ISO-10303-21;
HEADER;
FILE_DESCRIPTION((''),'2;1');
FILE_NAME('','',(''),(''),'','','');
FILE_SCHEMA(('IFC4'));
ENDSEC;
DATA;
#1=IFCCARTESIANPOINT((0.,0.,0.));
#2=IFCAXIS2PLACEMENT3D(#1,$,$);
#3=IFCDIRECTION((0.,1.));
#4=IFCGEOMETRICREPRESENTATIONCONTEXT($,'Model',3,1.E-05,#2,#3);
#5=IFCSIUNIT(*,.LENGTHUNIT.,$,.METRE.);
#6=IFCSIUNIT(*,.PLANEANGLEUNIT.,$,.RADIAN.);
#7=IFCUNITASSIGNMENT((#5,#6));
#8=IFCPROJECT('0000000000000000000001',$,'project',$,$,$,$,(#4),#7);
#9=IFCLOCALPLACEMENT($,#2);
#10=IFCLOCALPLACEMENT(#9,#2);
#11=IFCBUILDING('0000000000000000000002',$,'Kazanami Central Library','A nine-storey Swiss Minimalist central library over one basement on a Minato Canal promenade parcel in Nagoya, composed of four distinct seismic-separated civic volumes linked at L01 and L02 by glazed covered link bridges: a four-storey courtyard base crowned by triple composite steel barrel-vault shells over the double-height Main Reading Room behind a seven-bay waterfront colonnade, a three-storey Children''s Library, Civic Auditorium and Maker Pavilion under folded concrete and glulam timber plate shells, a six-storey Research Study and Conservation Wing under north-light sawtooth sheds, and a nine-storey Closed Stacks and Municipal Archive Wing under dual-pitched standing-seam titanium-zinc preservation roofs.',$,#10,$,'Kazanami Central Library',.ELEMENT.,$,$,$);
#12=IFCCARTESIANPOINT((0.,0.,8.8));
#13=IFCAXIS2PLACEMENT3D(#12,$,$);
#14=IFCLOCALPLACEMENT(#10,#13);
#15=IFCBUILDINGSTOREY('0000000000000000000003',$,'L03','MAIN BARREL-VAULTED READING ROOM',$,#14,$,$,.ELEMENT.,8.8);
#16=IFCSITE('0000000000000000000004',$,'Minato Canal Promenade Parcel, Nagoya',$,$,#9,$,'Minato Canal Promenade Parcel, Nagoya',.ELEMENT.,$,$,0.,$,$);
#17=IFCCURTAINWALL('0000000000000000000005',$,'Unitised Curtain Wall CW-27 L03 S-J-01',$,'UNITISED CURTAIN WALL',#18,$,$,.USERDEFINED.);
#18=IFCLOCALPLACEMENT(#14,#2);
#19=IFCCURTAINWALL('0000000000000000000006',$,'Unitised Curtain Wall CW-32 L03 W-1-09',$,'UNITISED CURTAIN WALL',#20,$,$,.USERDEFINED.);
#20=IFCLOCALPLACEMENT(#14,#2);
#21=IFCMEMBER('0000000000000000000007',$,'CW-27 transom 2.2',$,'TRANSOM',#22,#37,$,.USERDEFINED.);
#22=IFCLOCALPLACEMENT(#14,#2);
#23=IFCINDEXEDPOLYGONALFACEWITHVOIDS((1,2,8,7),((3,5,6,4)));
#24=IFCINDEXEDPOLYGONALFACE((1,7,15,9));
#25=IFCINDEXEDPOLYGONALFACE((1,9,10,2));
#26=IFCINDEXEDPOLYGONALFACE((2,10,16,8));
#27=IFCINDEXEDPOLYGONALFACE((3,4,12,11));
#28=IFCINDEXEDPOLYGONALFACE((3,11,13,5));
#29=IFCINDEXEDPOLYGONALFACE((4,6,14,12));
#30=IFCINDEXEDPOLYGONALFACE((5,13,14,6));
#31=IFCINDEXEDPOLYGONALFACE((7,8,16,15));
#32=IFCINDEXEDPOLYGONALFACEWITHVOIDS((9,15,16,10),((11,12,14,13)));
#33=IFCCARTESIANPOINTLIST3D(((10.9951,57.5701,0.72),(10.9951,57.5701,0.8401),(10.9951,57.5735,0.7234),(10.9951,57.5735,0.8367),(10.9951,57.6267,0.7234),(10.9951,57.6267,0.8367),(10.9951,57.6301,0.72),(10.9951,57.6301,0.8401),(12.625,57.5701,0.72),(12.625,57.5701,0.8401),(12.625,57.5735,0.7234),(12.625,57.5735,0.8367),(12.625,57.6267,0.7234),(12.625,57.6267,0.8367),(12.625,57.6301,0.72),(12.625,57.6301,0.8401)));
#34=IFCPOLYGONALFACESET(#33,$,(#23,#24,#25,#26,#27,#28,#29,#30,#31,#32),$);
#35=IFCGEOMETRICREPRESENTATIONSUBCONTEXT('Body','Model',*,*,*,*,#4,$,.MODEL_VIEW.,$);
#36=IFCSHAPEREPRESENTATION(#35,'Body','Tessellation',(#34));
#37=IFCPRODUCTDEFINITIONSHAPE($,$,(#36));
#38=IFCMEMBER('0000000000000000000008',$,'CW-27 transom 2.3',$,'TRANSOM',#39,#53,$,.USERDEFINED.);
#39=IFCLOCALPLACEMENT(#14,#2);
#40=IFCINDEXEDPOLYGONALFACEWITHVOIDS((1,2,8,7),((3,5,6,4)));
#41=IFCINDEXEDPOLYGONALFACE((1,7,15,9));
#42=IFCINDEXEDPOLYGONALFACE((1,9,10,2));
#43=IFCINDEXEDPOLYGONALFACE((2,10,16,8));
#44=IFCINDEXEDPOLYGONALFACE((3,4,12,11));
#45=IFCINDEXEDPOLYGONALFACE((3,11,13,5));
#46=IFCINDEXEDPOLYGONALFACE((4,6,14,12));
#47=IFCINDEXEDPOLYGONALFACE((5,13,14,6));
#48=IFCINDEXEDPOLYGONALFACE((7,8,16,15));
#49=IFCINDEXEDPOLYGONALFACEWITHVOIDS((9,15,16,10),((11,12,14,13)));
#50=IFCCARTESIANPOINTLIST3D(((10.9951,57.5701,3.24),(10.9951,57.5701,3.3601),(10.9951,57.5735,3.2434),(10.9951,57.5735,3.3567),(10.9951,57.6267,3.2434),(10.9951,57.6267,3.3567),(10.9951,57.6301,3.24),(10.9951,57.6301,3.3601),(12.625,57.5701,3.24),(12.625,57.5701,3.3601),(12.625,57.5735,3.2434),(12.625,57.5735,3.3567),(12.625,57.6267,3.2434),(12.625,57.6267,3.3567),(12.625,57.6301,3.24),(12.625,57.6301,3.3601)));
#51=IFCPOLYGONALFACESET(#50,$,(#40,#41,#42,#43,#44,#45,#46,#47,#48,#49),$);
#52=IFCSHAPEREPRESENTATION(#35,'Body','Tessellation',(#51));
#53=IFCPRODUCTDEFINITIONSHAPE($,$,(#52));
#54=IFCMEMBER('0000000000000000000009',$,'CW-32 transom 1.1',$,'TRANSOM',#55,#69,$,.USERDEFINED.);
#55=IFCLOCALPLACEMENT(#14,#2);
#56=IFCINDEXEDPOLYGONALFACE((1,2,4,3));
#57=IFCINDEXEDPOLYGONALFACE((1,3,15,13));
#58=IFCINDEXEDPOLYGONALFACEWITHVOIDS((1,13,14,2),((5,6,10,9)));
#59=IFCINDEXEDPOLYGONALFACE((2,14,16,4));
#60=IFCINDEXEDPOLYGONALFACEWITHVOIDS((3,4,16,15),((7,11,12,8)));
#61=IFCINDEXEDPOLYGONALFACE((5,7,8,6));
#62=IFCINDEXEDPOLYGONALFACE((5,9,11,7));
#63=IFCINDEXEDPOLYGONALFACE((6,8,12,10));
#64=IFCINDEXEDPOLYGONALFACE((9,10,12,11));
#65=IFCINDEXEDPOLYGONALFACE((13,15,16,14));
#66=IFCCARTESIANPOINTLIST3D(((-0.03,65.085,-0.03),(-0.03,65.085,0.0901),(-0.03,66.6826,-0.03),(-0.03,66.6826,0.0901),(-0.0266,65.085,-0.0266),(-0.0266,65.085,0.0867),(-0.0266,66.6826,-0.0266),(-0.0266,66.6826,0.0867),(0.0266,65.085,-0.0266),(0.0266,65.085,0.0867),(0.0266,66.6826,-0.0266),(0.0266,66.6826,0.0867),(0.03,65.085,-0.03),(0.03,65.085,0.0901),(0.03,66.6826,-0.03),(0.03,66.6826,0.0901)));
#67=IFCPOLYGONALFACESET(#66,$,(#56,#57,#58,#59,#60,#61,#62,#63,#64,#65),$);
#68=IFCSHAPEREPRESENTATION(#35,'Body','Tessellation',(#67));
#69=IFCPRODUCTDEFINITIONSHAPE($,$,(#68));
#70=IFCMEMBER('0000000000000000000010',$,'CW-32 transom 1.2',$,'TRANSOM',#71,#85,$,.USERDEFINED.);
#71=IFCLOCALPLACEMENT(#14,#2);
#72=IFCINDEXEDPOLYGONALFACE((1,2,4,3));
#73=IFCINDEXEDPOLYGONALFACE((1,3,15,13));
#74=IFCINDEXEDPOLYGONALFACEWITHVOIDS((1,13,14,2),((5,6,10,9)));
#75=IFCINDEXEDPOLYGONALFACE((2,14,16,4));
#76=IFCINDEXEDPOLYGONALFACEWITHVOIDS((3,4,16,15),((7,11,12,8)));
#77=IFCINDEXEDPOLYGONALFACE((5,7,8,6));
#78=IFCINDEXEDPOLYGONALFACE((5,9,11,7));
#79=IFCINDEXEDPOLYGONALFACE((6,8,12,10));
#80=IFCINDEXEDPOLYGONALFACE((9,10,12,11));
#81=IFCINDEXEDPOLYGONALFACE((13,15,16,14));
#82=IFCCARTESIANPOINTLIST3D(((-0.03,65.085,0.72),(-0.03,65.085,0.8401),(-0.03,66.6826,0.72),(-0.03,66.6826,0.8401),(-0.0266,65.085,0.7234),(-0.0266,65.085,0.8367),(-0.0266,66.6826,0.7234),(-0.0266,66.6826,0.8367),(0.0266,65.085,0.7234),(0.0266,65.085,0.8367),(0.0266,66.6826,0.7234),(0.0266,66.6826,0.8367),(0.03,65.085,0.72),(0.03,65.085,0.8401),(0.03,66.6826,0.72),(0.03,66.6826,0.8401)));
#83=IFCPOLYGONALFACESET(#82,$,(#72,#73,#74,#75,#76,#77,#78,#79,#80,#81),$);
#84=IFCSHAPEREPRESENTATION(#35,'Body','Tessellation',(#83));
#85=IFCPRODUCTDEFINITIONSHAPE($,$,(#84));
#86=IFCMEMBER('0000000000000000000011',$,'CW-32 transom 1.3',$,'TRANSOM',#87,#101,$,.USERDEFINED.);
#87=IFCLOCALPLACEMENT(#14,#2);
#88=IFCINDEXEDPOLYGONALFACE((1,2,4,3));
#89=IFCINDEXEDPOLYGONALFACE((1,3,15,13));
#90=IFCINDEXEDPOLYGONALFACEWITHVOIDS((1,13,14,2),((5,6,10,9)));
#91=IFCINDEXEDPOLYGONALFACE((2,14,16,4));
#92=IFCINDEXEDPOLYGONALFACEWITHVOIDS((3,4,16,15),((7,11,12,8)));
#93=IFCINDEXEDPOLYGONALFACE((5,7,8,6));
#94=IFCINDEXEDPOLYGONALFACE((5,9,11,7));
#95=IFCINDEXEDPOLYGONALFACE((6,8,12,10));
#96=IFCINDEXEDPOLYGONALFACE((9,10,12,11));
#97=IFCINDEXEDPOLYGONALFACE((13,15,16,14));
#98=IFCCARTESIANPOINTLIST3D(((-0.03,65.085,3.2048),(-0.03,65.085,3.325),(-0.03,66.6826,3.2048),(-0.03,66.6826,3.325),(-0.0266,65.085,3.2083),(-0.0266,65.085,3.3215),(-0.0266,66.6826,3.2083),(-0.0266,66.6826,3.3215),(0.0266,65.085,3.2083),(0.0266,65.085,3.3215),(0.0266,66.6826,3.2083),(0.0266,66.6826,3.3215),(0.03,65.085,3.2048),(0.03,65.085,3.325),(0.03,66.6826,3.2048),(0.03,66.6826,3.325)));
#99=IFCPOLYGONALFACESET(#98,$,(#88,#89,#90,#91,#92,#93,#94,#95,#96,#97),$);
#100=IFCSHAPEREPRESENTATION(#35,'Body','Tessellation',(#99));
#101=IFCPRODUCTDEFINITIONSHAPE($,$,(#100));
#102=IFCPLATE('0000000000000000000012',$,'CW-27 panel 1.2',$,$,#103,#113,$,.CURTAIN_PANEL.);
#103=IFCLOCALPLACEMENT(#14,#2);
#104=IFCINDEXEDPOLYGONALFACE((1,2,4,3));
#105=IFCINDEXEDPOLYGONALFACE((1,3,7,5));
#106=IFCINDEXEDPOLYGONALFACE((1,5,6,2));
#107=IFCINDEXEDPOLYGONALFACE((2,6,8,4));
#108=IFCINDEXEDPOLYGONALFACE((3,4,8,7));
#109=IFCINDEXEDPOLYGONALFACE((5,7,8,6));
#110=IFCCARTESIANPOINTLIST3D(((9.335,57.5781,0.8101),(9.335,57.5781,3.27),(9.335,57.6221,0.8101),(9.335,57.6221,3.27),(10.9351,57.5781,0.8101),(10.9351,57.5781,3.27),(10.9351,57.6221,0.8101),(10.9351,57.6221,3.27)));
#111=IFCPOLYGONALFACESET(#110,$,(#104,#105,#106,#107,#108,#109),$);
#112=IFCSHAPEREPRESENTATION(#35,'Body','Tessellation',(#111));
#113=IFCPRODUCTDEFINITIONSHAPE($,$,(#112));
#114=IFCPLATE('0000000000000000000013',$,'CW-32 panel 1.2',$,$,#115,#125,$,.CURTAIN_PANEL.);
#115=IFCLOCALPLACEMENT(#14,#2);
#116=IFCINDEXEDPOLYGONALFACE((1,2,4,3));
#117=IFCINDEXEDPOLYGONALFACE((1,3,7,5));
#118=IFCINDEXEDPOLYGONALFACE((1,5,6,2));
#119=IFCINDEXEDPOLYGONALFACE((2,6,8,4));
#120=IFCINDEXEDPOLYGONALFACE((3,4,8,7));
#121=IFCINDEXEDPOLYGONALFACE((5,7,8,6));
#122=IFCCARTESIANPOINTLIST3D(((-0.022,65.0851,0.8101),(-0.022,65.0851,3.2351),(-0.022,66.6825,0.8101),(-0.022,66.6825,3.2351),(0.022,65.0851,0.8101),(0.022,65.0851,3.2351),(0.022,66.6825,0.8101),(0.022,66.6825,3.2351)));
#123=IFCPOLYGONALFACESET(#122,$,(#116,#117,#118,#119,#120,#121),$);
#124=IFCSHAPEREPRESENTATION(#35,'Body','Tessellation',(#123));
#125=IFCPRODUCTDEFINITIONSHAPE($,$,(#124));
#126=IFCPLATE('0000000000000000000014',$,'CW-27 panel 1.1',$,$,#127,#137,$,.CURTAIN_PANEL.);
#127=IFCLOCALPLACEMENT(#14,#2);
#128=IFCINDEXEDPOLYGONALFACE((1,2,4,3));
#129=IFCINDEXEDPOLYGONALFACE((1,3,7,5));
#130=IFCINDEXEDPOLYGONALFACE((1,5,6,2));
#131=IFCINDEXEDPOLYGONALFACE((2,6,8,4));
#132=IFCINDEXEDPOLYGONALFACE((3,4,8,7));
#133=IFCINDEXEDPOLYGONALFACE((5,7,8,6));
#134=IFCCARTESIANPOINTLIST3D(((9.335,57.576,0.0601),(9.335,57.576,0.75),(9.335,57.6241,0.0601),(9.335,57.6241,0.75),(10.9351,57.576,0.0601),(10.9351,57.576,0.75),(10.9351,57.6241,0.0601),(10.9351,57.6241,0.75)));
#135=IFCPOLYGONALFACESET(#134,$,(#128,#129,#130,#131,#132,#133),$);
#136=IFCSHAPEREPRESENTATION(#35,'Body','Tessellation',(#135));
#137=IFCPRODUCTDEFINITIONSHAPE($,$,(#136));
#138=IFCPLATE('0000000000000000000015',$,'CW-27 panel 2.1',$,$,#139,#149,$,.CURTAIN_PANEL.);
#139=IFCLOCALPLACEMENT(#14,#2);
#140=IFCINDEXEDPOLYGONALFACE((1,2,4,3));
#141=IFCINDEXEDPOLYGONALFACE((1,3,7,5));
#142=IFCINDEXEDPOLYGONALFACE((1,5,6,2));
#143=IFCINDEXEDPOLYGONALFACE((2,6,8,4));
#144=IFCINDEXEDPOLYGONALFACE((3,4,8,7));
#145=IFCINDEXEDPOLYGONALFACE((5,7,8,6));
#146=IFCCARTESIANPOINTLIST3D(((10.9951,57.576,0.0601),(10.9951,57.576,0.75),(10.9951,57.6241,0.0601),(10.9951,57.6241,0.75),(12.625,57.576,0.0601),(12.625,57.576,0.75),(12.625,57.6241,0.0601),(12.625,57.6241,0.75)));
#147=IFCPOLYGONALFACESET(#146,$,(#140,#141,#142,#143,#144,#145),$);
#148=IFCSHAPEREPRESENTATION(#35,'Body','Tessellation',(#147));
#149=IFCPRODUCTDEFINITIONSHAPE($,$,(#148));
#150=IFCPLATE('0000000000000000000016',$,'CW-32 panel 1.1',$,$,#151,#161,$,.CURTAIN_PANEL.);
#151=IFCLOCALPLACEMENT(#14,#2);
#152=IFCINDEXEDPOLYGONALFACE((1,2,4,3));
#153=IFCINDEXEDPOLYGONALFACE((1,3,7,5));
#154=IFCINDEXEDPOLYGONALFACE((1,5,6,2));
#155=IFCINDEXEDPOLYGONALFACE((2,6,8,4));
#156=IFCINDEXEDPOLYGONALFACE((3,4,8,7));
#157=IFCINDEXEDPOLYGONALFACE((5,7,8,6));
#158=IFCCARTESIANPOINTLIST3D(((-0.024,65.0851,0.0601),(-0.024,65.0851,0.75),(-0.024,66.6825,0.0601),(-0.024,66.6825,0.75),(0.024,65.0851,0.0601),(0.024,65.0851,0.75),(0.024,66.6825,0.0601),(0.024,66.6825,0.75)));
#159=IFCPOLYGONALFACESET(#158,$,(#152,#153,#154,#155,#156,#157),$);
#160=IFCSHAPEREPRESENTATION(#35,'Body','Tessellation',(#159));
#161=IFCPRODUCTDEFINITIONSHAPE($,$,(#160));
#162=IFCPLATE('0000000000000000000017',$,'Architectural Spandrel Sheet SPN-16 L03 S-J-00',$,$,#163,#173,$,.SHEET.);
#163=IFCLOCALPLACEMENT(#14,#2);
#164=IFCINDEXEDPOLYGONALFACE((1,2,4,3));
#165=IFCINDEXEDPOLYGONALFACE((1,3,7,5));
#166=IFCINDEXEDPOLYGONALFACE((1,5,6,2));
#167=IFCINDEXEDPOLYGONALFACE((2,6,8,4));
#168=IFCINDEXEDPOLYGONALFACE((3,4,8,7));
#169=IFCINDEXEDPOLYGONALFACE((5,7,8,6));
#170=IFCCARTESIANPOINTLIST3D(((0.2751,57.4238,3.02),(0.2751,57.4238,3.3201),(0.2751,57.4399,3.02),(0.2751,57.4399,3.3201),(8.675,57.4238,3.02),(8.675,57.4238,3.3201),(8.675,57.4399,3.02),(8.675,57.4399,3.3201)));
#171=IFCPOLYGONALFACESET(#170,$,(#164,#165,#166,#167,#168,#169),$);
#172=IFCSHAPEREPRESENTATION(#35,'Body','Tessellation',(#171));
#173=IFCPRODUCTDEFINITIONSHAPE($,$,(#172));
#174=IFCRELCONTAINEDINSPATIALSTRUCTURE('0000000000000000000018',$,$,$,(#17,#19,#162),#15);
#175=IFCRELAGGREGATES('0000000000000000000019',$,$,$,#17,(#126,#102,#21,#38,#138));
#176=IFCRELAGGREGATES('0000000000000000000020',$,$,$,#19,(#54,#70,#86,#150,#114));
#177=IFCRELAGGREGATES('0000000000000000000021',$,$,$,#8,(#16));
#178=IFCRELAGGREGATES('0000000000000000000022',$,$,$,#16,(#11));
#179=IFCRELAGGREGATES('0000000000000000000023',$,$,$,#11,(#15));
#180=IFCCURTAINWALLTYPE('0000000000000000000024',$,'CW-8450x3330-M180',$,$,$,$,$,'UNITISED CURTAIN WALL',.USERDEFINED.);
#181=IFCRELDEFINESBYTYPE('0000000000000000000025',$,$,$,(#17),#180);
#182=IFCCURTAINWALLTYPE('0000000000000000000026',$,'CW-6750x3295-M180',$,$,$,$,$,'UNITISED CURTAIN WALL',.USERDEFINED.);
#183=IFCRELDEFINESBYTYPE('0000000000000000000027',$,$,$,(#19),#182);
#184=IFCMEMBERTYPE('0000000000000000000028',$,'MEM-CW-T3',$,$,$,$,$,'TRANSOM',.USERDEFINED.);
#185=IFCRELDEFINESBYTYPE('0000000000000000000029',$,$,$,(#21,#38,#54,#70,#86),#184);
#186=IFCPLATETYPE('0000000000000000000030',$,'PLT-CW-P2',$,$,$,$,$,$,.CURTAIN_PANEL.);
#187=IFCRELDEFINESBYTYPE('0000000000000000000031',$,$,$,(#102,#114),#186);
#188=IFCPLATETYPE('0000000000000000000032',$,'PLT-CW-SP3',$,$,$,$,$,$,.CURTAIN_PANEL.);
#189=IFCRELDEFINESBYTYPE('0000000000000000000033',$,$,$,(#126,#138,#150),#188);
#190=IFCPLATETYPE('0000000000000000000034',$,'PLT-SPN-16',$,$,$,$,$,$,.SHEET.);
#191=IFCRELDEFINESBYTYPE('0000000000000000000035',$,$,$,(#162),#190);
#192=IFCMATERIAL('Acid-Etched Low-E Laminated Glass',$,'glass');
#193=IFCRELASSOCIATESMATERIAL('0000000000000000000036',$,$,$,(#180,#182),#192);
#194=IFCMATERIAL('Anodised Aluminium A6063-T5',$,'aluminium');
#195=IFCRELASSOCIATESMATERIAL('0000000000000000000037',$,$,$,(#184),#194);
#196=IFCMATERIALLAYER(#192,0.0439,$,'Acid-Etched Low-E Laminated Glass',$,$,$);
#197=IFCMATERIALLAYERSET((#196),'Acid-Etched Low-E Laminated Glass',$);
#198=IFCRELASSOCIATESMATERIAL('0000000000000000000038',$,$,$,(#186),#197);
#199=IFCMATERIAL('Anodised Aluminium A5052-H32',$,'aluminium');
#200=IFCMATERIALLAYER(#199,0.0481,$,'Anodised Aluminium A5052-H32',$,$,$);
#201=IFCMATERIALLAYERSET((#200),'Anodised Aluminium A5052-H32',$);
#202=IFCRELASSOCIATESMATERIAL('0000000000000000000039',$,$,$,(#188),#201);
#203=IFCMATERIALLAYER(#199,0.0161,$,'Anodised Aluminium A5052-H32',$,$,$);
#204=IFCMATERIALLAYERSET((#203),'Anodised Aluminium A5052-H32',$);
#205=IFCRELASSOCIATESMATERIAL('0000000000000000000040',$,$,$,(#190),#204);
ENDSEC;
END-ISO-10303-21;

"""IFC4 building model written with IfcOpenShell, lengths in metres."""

from ifc_helpers import new_model, si_unit, direction, frame, origin, origin_2d, place, context, subcontext, project, spatial, rectangle, hollow_rectangle, extrude, material, layer, layer_set, material_profile, profile_set, type_object, element, aggregate, save


model = new_model("IFC4")

# Units and contexts
model_context = context("Model", 3, precision=1e-05, world=origin(), true_north=direction((0.0, 1.0)))
body_context = subcontext(model_context, "Body", "Model", "MODEL_VIEW")
ifc_project = project(units=[si_unit("LENGTHUNIT", "METRE"), si_unit("PLANEANGLEUNIT", "RADIAN")], contexts=[model_context])

# Site, building, storey
site_placement = place(None, origin())
site = spatial("IfcSite", under=ifc_project, at=site_placement, Name="Minato Canal Promenade Parcel, Nagoya", LongName="Minato Canal Promenade Parcel, Nagoya", CompositionType="ELEMENT", RefElevation=0.0)
building_placement = place(site_placement, origin())
building = spatial("IfcBuilding", under=site, at=building_placement, Name="Kazanami Central Library", Description="A nine-storey Swiss Minimalist central library over one basement on a Minato Canal promenade parcel in Nagoya, composed of four distinct seismic-separated civic volumes linked at L01 and L02 by glazed covered link bridges: a four-storey courtyard base crowned by triple composite steel barrel-vault shells over the double-height Main Reading Room behind a seven-bay waterfront colonnade, a three-storey Children's Library, Civic Auditorium and Maker Pavilion under folded concrete and glulam timber plate shells, a six-storey Research Study and Conservation Wing under north-light sawtooth sheds, and a nine-storey Closed Stacks and Municipal Archive Wing under dual-pitched standing-seam titanium-zinc preservation roofs.", LongName="Kazanami Central Library", CompositionType="ELEMENT")
storey_placement = place(building_placement, frame((0.0, 0.0, 8.8)))
storey = spatial("IfcBuildingStorey", under=building, at=storey_placement, Name="L03", Description="MAIN BARREL-VAULTED READING ROOM", CompositionType="ELEMENT", Elevation=8.8)

# Curtain wall
ifc_material_1 = material(Name="Acid-Etched Low-E Laminated Glass", Category="glass")
curtain_wall_type_1 = type_object("IfcCurtainWallType", Name="CW-8450x3330-M180", ElementType="UNITISED CURTAIN WALL", PredefinedType="USERDEFINED", material=ifc_material_1)
curtain_wall_1_placement = place(storey_placement, origin())
curtain_wall_1 = element("IfcCurtainWall", 1, at=curtain_wall_1_placement, inside=storey, type_object=curtain_wall_type_1, Name="Unitised Curtain Wall CW-27 L03 S-J-01", ObjectType="UNITISED CURTAIN WALL", PredefinedType="USERDEFINED")
ifc_material_2 = material(Name="Anodised Aluminium A6063-T5", Category="aluminium")

# Curtain wall
curtain_wall_type_2 = type_object("IfcCurtainWallType", Name="CW-6750x3295-M180", ElementType="UNITISED CURTAIN WALL", PredefinedType="USERDEFINED", material=ifc_material_1)
curtain_wall_2_placement = place(storey_placement, origin())
curtain_wall_2 = element("IfcCurtainWall", 2, at=curtain_wall_2_placement, inside=storey, type_object=curtain_wall_type_2, Name="Unitised Curtain Wall CW-32 L03 W-1-09", ObjectType="UNITISED CURTAIN WALL", PredefinedType="USERDEFINED")

# Members
ifc_material_profile_1 = material_profile(ifc_material_2, hollow_rectangle(XDim=0.0601, YDim=0.1201, WallThickness=0.0034, at=origin_2d()), Name="ALU-TRAN-60x120x3.5")
ifc_profile_set_1 = profile_set([ifc_material_profile_1], Name="Anodised Aluminium A6063-T5")
member_type_1 = type_object("IfcMemberType", Name="MEM-CW-T3", ElementType="TRANSOM", PredefinedType="USERDEFINED", material=ifc_profile_set_1)
member_1_placement = place(storey_placement, frame((10.9951, 57.6001, 0.78), z_axis=(1.0, 0.0, 0.0), x_axis=(0.0, 1.0, 0.0)))
member_1 = element("IfcMember", 3, at=member_1_placement, type_object=member_type_1, Name="CW-27 transom 2.2", ObjectType="TRANSOM", PredefinedType="USERDEFINED", context=body_context, shape_type="SweptSolid", body=[
    extrude(hollow_rectangle(XDim=0.0601, YDim=0.1201, WallThickness=0.0034, at=origin_2d()), origin(), (0.0, 0.0, 1.0), 1.6299),
])
member_2_placement = place(storey_placement, frame((10.9951, 57.6001, 3.3), z_axis=(1.0, 0.0, 0.0), x_axis=(0.0, 1.0, 0.0)))
member_2 = element("IfcMember", 4, at=member_2_placement, type_object=member_type_1, Name="CW-27 transom 2.3", ObjectType="TRANSOM", PredefinedType="USERDEFINED", context=body_context, shape_type="SweptSolid", body=[
    extrude(hollow_rectangle(XDim=0.0601, YDim=0.1201, WallThickness=0.0034, at=origin_2d()), origin(), (0.0, 0.0, 1.0), 1.6299),
])
member_3_placement = place(storey_placement, frame((0.0, 65.085, 0.03), z_axis=(0.0, 1.0, 0.0), x_axis=(-1.0, 0.0, 0.0)))
member_3 = element("IfcMember", 5, at=member_3_placement, type_object=member_type_1, Name="CW-32 transom 1.1", ObjectType="TRANSOM", PredefinedType="USERDEFINED", context=body_context, shape_type="SweptSolid", body=[
    extrude(hollow_rectangle(XDim=0.0601, YDim=0.1201, WallThickness=0.0034, at=origin_2d()), origin(), (0.0, 0.0, 1.0), 1.5977),
])
member_4_placement = place(storey_placement, frame((0.0, 65.085, 0.78), z_axis=(0.0, 1.0, 0.0), x_axis=(-1.0, 0.0, 0.0)))
member_4 = element("IfcMember", 6, at=member_4_placement, type_object=member_type_1, Name="CW-32 transom 1.2", ObjectType="TRANSOM", PredefinedType="USERDEFINED", context=body_context, shape_type="SweptSolid", body=[
    extrude(hollow_rectangle(XDim=0.0601, YDim=0.1201, WallThickness=0.0034, at=origin_2d()), origin(), (0.0, 0.0, 1.0), 1.5977),
])
member_5_placement = place(storey_placement, frame((0.0, 65.085, 3.2649), z_axis=(0.0, 1.0, 0.0), x_axis=(-1.0, 0.0, 0.0)))
member_5 = element("IfcMember", 7, at=member_5_placement, type_object=member_type_1, Name="CW-32 transom 1.3", ObjectType="TRANSOM", PredefinedType="USERDEFINED", context=body_context, shape_type="SweptSolid", body=[
    extrude(hollow_rectangle(XDim=0.0601, YDim=0.1201, WallThickness=0.0034, at=origin_2d()), origin(), (0.0, 0.0, 1.0), 1.5977),
])

# Plates
ifc_layer_1 = layer(ifc_material_1, 0.0439, Name="Acid-Etched Low-E Laminated Glass")
ifc_layer_set_1 = layer_set([ifc_layer_1], Name="Acid-Etched Low-E Laminated Glass")
plate_type_1 = type_object("IfcPlateType", Name="PLT-CW-P2", PredefinedType="CURTAIN_PANEL", material=ifc_layer_set_1)
plate_1_placement = place(storey_placement, frame((10.135, 57.6001, 0.8101), z_axis=(0.0, 0.0, 1.0), x_axis=(1.0, 0.0, 0.0)))
plate_1 = element("IfcPlate", 8, at=plate_1_placement, type_object=plate_type_1, Name="CW-27 panel 1.2", PredefinedType="CURTAIN_PANEL", context=body_context, shape_type="SweptSolid", body=[
    extrude(rectangle(XDim=1.6001, YDim=0.0439, at=origin_2d()), origin(), (0.0, 0.0, 1.0), 2.46),
])
plate_2_placement = place(storey_placement, frame((0.0, 65.8838, 0.8101), z_axis=(0.0, 0.0, 1.0), x_axis=(0.0, 1.0, 0.0)))
plate_2 = element("IfcPlate", 9, at=plate_2_placement, type_object=plate_type_1, Name="CW-32 panel 1.2", PredefinedType="CURTAIN_PANEL", context=body_context, shape_type="SweptSolid", body=[
    extrude(rectangle(XDim=1.5974, YDim=0.0439, at=origin_2d()), origin(), (0.0, 0.0, 1.0), 2.425),
])
ifc_material_3 = material(Name="Anodised Aluminium A5052-H32", Category="aluminium")
ifc_layer_2 = layer(ifc_material_3, 0.0481, Name="Anodised Aluminium A5052-H32")
ifc_layer_set_2 = layer_set([ifc_layer_2], Name="Anodised Aluminium A5052-H32")
plate_type_2 = type_object("IfcPlateType", Name="PLT-CW-SP3", PredefinedType="CURTAIN_PANEL", material=ifc_layer_set_2)
plate_3_placement = place(storey_placement, frame((10.135, 57.6001, 0.0601), z_axis=(0.0, 0.0, 1.0), x_axis=(1.0, 0.0, 0.0)))
plate_3 = element("IfcPlate", 10, at=plate_3_placement, type_object=plate_type_2, Name="CW-27 panel 1.1", PredefinedType="CURTAIN_PANEL", context=body_context, shape_type="SweptSolid", body=[
    extrude(rectangle(XDim=1.6001, YDim=0.0481, at=origin_2d()), origin(), (0.0, 0.0, 1.0), 0.6899),
])
plate_4_placement = place(storey_placement, frame((11.8101, 57.6001, 0.0601), z_axis=(0.0, 0.0, 1.0), x_axis=(1.0, 0.0, 0.0)))
plate_4 = element("IfcPlate", 11, at=plate_4_placement, type_object=plate_type_2, Name="CW-27 panel 2.1", PredefinedType="CURTAIN_PANEL", context=body_context, shape_type="SweptSolid", body=[
    extrude(rectangle(XDim=1.6299, YDim=0.0481, at=origin_2d()), origin(), (0.0, 0.0, 1.0), 0.6899),
])
aggregate(curtain_wall_1, [plate_3, plate_1, member_1, member_2, plate_4])
plate_5_placement = place(storey_placement, frame((0.0, 65.8838, 0.0601), z_axis=(0.0, 0.0, 1.0), x_axis=(0.0, 1.0, 0.0)))
plate_5 = element("IfcPlate", 12, at=plate_5_placement, type_object=plate_type_2, Name="CW-32 panel 1.1", PredefinedType="CURTAIN_PANEL", context=body_context, shape_type="SweptSolid", body=[
    extrude(rectangle(XDim=1.5974, YDim=0.0481, at=origin_2d()), origin(), (0.0, 0.0, 1.0), 0.6899),
])
aggregate(curtain_wall_2, [member_3, member_4, member_5, plate_5, plate_2])
ifc_layer_3 = layer(ifc_material_3, 0.0161, Name="Anodised Aluminium A5052-H32")
ifc_layer_set_3 = layer_set([ifc_layer_3], Name="Anodised Aluminium A5052-H32")
plate_type_3 = type_object("IfcPlateType", Name="PLT-SPN-16", PredefinedType="SHEET", material=ifc_layer_set_3)
plate_6_placement = place(storey_placement, frame((4.4751, 57.4319, 3.02), z_axis=(0.0, 0.0, 1.0), x_axis=(1.0, 0.0, 0.0)))
element("IfcPlate", 13, at=plate_6_placement, inside=storey, type_object=plate_type_3, Name="Architectural Spandrel Sheet SPN-16 L03 S-J-00", PredefinedType="SHEET", context=body_context, shape_type="SweptSolid", body=[
    extrude(rectangle(XDim=8.3999, YDim=0.0161, at=origin_2d()), origin(), (0.0, 0.0, 1.0), 0.3),
])

save(model, "model.ifc")
